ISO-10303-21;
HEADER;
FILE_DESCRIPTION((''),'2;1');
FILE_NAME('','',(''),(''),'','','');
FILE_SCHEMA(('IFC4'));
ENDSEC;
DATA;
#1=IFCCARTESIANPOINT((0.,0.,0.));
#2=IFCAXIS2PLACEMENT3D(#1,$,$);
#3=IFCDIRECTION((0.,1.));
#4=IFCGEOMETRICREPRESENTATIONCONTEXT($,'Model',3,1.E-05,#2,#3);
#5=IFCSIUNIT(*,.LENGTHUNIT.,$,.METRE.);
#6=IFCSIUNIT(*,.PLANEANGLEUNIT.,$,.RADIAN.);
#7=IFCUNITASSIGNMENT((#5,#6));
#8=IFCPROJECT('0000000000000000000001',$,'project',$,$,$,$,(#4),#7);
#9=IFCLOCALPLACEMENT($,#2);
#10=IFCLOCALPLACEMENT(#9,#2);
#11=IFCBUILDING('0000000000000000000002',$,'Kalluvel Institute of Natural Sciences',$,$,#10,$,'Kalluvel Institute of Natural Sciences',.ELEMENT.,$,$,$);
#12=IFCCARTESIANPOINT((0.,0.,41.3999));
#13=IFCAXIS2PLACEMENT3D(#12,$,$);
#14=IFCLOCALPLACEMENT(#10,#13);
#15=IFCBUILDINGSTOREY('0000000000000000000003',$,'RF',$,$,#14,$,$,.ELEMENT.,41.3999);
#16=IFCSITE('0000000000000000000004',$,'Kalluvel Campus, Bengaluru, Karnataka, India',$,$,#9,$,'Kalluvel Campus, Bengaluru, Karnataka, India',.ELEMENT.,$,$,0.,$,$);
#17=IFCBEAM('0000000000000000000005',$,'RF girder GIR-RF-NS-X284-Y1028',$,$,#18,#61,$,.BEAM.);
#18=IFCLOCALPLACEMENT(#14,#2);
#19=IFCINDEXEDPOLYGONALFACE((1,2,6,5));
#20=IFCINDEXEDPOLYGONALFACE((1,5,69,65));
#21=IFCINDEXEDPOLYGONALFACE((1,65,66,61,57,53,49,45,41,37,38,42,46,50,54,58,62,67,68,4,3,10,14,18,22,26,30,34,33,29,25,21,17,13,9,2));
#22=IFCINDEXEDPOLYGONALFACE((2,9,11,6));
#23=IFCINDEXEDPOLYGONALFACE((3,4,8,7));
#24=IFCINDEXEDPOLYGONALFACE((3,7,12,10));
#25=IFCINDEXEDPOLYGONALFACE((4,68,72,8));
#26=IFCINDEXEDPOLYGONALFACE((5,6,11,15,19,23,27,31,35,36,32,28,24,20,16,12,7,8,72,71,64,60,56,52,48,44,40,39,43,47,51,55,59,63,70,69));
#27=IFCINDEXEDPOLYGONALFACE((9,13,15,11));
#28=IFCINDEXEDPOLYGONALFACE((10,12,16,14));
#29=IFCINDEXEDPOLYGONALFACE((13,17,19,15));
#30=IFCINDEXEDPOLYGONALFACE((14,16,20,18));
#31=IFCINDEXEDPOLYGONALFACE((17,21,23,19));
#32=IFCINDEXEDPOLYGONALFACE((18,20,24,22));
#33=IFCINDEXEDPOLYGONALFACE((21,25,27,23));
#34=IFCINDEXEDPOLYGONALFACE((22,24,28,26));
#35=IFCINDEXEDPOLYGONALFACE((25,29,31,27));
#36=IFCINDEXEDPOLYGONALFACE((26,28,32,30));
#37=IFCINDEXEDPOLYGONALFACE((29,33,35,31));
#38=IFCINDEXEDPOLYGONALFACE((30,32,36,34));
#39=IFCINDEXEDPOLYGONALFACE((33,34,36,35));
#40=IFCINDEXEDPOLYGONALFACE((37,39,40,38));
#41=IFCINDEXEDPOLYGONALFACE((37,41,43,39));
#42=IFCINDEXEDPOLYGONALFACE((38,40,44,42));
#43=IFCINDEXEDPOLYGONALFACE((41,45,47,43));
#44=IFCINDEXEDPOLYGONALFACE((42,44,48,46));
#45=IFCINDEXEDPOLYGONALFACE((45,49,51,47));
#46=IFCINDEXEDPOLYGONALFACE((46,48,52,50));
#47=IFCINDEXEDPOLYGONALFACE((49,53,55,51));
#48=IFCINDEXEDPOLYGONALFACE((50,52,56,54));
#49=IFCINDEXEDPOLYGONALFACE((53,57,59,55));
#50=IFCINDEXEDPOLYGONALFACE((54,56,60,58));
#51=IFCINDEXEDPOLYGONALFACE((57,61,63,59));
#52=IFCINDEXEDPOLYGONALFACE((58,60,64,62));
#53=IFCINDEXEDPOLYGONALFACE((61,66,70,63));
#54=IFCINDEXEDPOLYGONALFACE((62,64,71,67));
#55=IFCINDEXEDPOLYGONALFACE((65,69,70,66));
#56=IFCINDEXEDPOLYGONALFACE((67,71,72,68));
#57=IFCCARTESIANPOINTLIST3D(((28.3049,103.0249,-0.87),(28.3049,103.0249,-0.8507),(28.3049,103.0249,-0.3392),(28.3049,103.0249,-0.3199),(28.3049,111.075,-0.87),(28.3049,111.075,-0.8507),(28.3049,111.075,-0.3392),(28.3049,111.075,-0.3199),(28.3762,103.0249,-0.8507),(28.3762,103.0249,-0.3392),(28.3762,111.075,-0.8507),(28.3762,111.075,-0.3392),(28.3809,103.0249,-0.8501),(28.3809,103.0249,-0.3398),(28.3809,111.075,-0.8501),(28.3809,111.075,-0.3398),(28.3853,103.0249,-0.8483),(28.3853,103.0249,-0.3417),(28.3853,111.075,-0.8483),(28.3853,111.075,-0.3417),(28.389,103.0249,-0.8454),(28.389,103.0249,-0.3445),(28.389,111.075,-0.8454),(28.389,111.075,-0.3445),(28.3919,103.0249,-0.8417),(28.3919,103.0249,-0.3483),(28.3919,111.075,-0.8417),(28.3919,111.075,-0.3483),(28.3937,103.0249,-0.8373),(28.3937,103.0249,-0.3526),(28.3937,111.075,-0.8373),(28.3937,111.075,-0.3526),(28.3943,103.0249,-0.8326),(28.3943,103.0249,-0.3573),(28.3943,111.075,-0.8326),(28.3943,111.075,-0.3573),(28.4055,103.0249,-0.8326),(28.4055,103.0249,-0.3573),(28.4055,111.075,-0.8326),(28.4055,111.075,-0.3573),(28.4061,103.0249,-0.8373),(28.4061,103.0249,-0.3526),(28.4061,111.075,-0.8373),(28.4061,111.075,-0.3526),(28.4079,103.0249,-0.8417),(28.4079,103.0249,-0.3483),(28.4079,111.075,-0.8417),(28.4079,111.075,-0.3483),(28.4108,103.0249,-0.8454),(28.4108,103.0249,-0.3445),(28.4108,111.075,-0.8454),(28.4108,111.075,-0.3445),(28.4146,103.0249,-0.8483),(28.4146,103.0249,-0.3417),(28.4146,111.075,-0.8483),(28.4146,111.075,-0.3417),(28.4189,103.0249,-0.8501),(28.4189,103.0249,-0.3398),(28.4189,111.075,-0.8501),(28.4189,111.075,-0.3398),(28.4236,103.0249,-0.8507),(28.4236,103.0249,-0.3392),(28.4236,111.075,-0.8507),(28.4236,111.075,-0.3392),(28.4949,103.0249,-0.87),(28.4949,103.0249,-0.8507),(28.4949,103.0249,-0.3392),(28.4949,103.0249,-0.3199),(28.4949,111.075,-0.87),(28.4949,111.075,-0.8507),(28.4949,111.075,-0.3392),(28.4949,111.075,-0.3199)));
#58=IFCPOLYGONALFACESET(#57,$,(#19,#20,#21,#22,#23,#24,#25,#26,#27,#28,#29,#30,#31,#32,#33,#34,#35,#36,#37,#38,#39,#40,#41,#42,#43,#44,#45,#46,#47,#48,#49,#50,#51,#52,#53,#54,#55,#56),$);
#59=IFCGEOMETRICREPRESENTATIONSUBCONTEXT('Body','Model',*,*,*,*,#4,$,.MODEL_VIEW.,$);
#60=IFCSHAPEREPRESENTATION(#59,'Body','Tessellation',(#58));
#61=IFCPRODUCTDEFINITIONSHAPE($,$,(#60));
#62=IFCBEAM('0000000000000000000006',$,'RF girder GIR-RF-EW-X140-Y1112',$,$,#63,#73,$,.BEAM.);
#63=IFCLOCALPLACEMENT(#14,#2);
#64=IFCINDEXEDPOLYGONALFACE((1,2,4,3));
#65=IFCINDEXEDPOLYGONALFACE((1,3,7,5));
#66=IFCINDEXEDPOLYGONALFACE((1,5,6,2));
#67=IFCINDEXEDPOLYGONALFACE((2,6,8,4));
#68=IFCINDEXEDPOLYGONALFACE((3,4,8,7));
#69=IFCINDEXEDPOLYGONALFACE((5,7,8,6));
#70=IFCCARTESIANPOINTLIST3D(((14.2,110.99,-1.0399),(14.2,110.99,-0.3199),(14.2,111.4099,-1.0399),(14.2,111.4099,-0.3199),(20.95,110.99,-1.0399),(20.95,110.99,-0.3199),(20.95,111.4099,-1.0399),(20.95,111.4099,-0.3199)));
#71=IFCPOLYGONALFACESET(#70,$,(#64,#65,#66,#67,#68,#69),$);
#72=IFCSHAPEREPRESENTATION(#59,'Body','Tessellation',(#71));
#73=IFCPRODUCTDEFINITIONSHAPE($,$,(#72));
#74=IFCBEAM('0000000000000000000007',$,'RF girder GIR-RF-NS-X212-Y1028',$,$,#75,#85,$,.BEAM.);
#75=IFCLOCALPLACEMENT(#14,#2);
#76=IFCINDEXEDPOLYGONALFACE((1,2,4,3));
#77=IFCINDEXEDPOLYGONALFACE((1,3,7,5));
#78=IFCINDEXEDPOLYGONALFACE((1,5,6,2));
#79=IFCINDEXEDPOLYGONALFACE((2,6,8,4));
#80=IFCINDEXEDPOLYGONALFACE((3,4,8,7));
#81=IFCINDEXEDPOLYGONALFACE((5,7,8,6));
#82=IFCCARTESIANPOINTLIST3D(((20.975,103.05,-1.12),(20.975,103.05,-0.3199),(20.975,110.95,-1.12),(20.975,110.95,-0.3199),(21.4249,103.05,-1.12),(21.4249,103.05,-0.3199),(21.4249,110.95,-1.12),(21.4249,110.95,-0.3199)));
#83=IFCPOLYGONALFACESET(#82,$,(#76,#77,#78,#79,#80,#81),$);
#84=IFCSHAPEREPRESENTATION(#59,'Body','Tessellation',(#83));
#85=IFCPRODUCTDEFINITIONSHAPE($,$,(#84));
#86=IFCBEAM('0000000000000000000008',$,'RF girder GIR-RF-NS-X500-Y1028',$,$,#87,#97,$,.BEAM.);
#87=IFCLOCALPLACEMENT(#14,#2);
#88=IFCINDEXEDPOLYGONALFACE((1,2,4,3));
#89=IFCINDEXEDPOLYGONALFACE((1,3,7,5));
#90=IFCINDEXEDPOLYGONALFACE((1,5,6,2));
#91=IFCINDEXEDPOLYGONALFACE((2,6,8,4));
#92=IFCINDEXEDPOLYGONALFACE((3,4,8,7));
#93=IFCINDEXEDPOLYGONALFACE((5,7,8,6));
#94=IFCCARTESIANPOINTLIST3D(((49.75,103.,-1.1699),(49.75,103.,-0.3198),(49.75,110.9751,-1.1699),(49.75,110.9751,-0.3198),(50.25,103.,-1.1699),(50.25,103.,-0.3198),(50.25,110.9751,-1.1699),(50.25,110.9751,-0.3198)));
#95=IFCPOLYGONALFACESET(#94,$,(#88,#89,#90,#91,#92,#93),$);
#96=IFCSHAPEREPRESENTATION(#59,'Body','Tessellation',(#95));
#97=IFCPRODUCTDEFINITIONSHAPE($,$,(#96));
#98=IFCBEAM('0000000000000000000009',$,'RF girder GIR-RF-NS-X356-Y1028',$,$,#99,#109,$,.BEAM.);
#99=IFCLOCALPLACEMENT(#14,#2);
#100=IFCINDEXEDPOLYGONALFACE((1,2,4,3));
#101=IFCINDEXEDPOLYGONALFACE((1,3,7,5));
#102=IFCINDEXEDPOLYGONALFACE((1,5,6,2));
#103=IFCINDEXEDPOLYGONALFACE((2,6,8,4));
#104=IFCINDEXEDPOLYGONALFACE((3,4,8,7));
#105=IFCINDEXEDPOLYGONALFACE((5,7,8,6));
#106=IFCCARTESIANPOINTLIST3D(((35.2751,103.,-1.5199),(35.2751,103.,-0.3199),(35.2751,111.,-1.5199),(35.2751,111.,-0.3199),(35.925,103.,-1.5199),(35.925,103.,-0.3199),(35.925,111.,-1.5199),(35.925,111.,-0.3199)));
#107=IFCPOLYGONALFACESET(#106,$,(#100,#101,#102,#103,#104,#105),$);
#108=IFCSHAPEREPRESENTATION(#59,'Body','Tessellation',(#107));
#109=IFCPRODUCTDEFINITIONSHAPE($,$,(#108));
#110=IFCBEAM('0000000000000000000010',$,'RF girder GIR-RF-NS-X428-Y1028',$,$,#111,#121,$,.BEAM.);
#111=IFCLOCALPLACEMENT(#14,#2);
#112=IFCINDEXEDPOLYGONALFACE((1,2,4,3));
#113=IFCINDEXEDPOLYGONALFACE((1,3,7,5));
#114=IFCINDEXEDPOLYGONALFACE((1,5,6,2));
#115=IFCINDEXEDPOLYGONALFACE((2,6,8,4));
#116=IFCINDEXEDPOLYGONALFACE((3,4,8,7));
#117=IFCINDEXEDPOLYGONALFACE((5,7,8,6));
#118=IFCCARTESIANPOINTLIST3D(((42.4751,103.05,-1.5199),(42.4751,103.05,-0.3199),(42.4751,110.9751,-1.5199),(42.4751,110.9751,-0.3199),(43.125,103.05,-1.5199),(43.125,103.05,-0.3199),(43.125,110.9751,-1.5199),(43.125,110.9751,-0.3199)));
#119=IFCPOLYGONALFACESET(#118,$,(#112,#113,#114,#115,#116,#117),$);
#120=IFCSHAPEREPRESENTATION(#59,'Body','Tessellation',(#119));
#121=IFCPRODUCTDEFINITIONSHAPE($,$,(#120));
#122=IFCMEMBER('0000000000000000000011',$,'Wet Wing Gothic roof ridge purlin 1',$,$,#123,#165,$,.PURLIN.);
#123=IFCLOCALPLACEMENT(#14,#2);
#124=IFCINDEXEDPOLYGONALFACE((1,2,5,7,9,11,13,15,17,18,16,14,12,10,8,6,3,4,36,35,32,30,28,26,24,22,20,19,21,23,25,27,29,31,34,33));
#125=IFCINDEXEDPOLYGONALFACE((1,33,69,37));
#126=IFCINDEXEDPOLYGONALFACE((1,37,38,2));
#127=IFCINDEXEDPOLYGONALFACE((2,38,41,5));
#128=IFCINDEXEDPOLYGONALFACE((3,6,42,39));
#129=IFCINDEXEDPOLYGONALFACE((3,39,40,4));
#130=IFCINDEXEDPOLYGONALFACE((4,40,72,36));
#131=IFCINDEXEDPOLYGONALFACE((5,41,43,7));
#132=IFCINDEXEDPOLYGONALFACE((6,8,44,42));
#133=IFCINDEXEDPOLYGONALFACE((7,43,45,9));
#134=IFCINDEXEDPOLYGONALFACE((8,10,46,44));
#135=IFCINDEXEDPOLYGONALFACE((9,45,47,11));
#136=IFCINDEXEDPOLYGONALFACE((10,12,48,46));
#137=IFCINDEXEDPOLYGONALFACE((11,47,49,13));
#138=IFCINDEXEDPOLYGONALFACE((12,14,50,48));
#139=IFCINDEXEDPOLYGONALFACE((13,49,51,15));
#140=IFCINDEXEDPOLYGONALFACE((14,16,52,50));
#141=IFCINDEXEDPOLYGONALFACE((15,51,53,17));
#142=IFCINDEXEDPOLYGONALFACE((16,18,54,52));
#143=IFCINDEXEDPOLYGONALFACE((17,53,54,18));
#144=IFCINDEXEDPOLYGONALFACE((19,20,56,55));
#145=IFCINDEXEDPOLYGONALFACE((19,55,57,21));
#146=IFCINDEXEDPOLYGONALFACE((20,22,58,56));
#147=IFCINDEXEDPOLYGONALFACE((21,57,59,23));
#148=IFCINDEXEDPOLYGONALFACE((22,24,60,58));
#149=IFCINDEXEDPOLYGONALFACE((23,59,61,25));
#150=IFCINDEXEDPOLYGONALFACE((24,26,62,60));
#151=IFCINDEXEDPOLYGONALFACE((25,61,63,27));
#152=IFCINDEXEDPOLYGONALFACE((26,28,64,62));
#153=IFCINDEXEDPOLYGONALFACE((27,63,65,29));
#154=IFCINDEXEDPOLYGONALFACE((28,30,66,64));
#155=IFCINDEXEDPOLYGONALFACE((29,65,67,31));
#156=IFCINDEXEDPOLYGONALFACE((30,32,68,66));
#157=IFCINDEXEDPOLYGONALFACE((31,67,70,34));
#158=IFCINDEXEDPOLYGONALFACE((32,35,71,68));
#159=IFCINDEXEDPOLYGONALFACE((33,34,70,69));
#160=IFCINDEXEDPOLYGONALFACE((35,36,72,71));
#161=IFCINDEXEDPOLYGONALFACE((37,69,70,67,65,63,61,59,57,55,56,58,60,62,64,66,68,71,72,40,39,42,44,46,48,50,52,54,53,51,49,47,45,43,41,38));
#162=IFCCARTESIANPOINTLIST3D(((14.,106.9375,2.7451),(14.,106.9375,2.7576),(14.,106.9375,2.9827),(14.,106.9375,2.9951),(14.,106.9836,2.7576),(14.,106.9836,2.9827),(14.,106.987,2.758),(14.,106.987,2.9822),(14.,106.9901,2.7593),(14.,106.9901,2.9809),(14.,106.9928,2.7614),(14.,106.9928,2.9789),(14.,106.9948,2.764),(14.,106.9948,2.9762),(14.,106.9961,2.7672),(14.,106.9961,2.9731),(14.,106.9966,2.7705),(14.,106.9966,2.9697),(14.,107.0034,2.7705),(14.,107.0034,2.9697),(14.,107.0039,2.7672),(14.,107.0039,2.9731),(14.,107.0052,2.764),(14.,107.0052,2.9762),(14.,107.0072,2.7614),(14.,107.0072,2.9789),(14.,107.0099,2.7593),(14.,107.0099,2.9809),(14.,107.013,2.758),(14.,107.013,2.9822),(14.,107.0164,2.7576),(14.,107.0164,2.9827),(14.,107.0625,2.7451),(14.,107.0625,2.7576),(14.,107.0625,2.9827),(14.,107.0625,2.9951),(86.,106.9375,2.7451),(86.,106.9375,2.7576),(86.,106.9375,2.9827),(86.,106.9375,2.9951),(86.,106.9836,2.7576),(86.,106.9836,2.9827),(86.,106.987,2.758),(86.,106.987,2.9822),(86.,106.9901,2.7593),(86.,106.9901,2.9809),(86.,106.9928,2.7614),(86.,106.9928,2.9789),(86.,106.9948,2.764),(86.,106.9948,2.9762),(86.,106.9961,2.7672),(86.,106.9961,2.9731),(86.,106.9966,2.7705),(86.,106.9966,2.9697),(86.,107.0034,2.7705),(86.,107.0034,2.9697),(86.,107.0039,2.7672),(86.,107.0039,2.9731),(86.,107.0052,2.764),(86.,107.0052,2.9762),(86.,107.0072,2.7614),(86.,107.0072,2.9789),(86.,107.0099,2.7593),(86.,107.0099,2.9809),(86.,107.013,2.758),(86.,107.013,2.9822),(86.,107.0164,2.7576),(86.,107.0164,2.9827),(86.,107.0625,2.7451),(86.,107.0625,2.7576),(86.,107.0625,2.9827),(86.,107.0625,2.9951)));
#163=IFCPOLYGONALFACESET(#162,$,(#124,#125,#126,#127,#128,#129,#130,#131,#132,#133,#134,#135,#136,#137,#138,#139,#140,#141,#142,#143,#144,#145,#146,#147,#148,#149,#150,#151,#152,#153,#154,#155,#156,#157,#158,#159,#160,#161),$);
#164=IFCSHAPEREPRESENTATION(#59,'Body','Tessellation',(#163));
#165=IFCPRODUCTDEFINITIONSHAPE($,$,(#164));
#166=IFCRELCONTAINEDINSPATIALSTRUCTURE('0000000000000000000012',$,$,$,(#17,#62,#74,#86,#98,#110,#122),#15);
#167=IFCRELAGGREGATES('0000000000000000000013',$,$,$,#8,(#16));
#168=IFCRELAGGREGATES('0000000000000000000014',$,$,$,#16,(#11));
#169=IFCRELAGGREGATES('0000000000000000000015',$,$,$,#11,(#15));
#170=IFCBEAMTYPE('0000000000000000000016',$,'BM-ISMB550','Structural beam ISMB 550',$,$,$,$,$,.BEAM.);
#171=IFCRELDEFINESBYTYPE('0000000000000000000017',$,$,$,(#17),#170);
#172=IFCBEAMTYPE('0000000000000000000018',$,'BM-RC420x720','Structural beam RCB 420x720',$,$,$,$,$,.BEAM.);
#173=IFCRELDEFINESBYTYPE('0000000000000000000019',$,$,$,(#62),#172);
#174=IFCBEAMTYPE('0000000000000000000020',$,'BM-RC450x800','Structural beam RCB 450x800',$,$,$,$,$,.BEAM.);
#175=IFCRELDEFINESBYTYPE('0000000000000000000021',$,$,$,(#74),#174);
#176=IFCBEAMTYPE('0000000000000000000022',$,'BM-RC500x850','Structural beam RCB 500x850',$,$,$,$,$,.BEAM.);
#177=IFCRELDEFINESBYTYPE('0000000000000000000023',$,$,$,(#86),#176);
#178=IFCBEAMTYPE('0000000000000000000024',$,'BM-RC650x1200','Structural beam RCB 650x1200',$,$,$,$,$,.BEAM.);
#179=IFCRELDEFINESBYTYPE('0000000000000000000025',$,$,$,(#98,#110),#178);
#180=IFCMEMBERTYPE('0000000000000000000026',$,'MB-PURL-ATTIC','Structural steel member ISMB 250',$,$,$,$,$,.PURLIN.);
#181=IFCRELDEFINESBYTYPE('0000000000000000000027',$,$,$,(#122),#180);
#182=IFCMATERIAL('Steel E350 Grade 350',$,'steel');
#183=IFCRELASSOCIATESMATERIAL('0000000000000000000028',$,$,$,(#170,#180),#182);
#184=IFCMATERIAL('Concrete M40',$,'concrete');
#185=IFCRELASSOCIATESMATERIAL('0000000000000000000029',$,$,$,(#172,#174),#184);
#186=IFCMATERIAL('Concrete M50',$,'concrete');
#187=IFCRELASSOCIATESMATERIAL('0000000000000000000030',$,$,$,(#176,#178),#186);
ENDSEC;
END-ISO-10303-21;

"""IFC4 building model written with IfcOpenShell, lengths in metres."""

from ifc_helpers import new_model, si_unit, direction, frame, origin, origin_2d, place, context, subcontext, project, spatial, rectangle, i_section, extrude, material, material_profile, profile_set, type_object, element, save


model = new_model("IFC4")

# Units and contexts
model_context = context("Model", 3, precision=1e-05, world=origin(), true_north=direction((0.0, 1.0)))
body_context = subcontext(model_context, "Body", "Model", "MODEL_VIEW")
ifc_project = project(units=[si_unit("LENGTHUNIT", "METRE"), si_unit("PLANEANGLEUNIT", "RADIAN")], contexts=[model_context])

# Site, building, storey
site_placement = place(None, origin())
site = spatial("IfcSite", under=ifc_project, at=site_placement, Name="Kalluvel Campus, Bengaluru, Karnataka, India", LongName="Kalluvel Campus, Bengaluru, Karnataka, India", CompositionType="ELEMENT", RefElevation=0.0)
building_placement = place(site_placement, origin())
building = spatial("IfcBuilding", under=site, at=building_placement, Name="Kalluvel Institute of Natural Sciences", LongName="Kalluvel Institute of Natural Sciences", CompositionType="ELEMENT")
storey_placement = place(building_placement, frame((0.0, 0.0, 41.3999)))
storey = spatial("IfcBuildingStorey", under=building, at=storey_placement, Name="RF", CompositionType="ELEMENT", Elevation=41.3999)

# Beams
ifc_material_1 = material(Name="Steel E350 Grade 350", Category="steel")
ifc_material_profile_1 = material_profile(ifc_material_1, i_section(OverallWidth=0.1899, OverallDepth=0.55, WebThickness=0.0112, FlangeThickness=0.0193, FilletRadius=0.0181, at=origin_2d()), Name="ISMB 550")
ifc_profile_set_1 = profile_set([ifc_material_profile_1], Name="Steel E350 Grade 350")
beam_type_1 = type_object("IfcBeamType", Name="BM-ISMB550", Description="Structural beam ISMB 550", PredefinedType="BEAM", material=ifc_profile_set_1)
beam_1_placement = place(storey_placement, frame((28.3999, 103.0249, -0.595), z_axis=(0.0, 1.0, 0.0), x_axis=(-1.0, 0.0, 0.0)))
element("IfcBeam", 1, at=beam_1_placement, inside=storey, type_object=beam_type_1, Name="RF girder GIR-RF-NS-X284-Y1028", PredefinedType="BEAM", context=body_context, shape_type="SweptSolid", body=[
    extrude(i_section(OverallWidth=0.1899, OverallDepth=0.55, WebThickness=0.0112, FlangeThickness=0.0193, FilletRadius=0.0181, at=origin_2d()), origin(), (0.0, 0.0, 1.0), 8.05),
])
ifc_material_2 = material(Name="Concrete M40", Category="concrete")
ifc_material_profile_2 = material_profile(ifc_material_2, rectangle(XDim=0.4199, YDim=0.72, at=origin_2d()), Name="RCB 420x720")
ifc_profile_set_2 = profile_set([ifc_material_profile_2], Name="Concrete M40")
beam_type_2 = type_object("IfcBeamType", Name="BM-RC420x720", Description="Structural beam RCB 420x720", PredefinedType="BEAM", material=ifc_profile_set_2)
beam_2_placement = place(storey_placement, frame((14.2, 111.2, -0.6799), z_axis=(1.0, 0.0, 0.0), x_axis=(0.0, 1.0, 0.0)))
element("IfcBeam", 2, at=beam_2_placement, inside=storey, type_object=beam_type_2, Name="RF girder GIR-RF-EW-X140-Y1112", PredefinedType="BEAM", context=body_context, shape_type="SweptSolid", body=[
    extrude(rectangle(XDim=0.4199, YDim=0.72, at=origin_2d()), origin(), (0.0, 0.0, 1.0), 6.75),
])
ifc_material_profile_3 = material_profile(ifc_material_2, rectangle(XDim=0.45, YDim=0.8, at=origin_2d()), Name="RCB 450x800")
ifc_profile_set_3 = profile_set([ifc_material_profile_3], Name="Concrete M40")
beam_type_3 = type_object("IfcBeamType", Name="BM-RC450x800", Description="Structural beam RCB 450x800", PredefinedType="BEAM", material=ifc_profile_set_3)
beam_3_placement = place(storey_placement, frame((21.2, 103.05, -0.72), z_axis=(0.0, 1.0, 0.0), x_axis=(-1.0, 0.0, 0.0)))
element("IfcBeam", 3, at=beam_3_placement, inside=storey, type_object=beam_type_3, Name="RF girder GIR-RF-NS-X212-Y1028", PredefinedType="BEAM", context=body_context, shape_type="SweptSolid", body=[
    extrude(rectangle(XDim=0.45, YDim=0.8, at=origin_2d()), origin(), (0.0, 0.0, 1.0), 7.8999),
])
ifc_material_3 = material(Name="Concrete M50", Category="concrete")
ifc_material_profile_4 = material_profile(ifc_material_3, rectangle(XDim=0.5, YDim=0.8501, at=origin_2d()), Name="RCB 500x850")
ifc_profile_set_4 = profile_set([ifc_material_profile_4], Name="Concrete M50")
beam_type_4 = type_object("IfcBeamType", Name="BM-RC500x850", Description="Structural beam RCB 500x850", PredefinedType="BEAM", material=ifc_profile_set_4)
beam_4_placement = place(storey_placement, frame((50.0, 103.0, -0.7449), z_axis=(0.0, 1.0, 0.0), x_axis=(-1.0, 0.0, 0.0)))
element("IfcBeam", 4, at=beam_4_placement, inside=storey, type_object=beam_type_4, Name="RF girder GIR-RF-NS-X500-Y1028", PredefinedType="BEAM", context=body_context, shape_type="SweptSolid", body=[
    extrude(rectangle(XDim=0.5, YDim=0.8501, at=origin_2d()), origin(), (0.0, 0.0, 1.0), 7.9751),
])
ifc_material_profile_5 = material_profile(ifc_material_3, rectangle(XDim=0.6499, YDim=1.2, at=origin_2d()), Name="RCB 650x1200")
ifc_profile_set_5 = profile_set([ifc_material_profile_5], Name="Concrete M50")
beam_type_5 = type_object("IfcBeamType", Name="BM-RC650x1200", Description="Structural beam RCB 650x1200", PredefinedType="BEAM", material=ifc_profile_set_5)
beam_5_placement = place(storey_placement, frame((35.6001, 103.0, -0.9199), z_axis=(0.0, 1.0, 0.0), x_axis=(-1.0, 0.0, 0.0)))
element("IfcBeam", 5, at=beam_5_placement, inside=storey, type_object=beam_type_5, Name="RF girder GIR-RF-NS-X356-Y1028", PredefinedType="BEAM", context=body_context, shape_type="SweptSolid", body=[
    extrude(rectangle(XDim=0.6499, YDim=1.2, at=origin_2d()), origin(), (0.0, 0.0, 1.0), 8.0),
])
beam_6_placement = place(storey_placement, frame((42.8, 103.05, -0.9199), z_axis=(0.0, 1.0, 0.0), x_axis=(-1.0, 0.0, 0.0)))
element("IfcBeam", 6, at=beam_6_placement, inside=storey, type_object=beam_type_5, Name="RF girder GIR-RF-NS-X428-Y1028", PredefinedType="BEAM", context=body_context, shape_type="SweptSolid", body=[
    extrude(rectangle(XDim=0.6499, YDim=1.2, at=origin_2d()), origin(), (0.0, 0.0, 1.0), 7.925),
])

# Member
ifc_material_profile_6 = material_profile(ifc_material_1, i_section(OverallWidth=0.125, OverallDepth=0.25, WebThickness=0.0068, FlangeThickness=0.0125, FilletRadius=0.0129, at=origin_2d()), Name="ISMB 250")
ifc_profile_set_6 = profile_set([ifc_material_profile_6], Name="Steel E350 Grade 350")
member_type_1 = type_object("IfcMemberType", Name="MB-PURL-ATTIC", Description="Structural steel member ISMB 250", PredefinedType="PURLIN", material=ifc_profile_set_6)
member_placement = place(storey_placement, frame((14.0, 107.0, 2.8701), z_axis=(1.0, 0.0, 0.0), x_axis=(0.0, 1.0, 0.0)))
element("IfcMember", 7, at=member_placement, inside=storey, type_object=member_type_1, Name="Wet Wing Gothic roof ridge purlin 1", PredefinedType="PURLIN", context=body_context, shape_type="SweptSolid", body=[
    extrude(i_section(OverallWidth=0.125, OverallDepth=0.25, WebThickness=0.0068, FlangeThickness=0.0125, FilletRadius=0.0129, at=origin_2d()), origin(), (0.0, 0.0, 1.0), 72.0),
])

save(model, "model.ifc")
